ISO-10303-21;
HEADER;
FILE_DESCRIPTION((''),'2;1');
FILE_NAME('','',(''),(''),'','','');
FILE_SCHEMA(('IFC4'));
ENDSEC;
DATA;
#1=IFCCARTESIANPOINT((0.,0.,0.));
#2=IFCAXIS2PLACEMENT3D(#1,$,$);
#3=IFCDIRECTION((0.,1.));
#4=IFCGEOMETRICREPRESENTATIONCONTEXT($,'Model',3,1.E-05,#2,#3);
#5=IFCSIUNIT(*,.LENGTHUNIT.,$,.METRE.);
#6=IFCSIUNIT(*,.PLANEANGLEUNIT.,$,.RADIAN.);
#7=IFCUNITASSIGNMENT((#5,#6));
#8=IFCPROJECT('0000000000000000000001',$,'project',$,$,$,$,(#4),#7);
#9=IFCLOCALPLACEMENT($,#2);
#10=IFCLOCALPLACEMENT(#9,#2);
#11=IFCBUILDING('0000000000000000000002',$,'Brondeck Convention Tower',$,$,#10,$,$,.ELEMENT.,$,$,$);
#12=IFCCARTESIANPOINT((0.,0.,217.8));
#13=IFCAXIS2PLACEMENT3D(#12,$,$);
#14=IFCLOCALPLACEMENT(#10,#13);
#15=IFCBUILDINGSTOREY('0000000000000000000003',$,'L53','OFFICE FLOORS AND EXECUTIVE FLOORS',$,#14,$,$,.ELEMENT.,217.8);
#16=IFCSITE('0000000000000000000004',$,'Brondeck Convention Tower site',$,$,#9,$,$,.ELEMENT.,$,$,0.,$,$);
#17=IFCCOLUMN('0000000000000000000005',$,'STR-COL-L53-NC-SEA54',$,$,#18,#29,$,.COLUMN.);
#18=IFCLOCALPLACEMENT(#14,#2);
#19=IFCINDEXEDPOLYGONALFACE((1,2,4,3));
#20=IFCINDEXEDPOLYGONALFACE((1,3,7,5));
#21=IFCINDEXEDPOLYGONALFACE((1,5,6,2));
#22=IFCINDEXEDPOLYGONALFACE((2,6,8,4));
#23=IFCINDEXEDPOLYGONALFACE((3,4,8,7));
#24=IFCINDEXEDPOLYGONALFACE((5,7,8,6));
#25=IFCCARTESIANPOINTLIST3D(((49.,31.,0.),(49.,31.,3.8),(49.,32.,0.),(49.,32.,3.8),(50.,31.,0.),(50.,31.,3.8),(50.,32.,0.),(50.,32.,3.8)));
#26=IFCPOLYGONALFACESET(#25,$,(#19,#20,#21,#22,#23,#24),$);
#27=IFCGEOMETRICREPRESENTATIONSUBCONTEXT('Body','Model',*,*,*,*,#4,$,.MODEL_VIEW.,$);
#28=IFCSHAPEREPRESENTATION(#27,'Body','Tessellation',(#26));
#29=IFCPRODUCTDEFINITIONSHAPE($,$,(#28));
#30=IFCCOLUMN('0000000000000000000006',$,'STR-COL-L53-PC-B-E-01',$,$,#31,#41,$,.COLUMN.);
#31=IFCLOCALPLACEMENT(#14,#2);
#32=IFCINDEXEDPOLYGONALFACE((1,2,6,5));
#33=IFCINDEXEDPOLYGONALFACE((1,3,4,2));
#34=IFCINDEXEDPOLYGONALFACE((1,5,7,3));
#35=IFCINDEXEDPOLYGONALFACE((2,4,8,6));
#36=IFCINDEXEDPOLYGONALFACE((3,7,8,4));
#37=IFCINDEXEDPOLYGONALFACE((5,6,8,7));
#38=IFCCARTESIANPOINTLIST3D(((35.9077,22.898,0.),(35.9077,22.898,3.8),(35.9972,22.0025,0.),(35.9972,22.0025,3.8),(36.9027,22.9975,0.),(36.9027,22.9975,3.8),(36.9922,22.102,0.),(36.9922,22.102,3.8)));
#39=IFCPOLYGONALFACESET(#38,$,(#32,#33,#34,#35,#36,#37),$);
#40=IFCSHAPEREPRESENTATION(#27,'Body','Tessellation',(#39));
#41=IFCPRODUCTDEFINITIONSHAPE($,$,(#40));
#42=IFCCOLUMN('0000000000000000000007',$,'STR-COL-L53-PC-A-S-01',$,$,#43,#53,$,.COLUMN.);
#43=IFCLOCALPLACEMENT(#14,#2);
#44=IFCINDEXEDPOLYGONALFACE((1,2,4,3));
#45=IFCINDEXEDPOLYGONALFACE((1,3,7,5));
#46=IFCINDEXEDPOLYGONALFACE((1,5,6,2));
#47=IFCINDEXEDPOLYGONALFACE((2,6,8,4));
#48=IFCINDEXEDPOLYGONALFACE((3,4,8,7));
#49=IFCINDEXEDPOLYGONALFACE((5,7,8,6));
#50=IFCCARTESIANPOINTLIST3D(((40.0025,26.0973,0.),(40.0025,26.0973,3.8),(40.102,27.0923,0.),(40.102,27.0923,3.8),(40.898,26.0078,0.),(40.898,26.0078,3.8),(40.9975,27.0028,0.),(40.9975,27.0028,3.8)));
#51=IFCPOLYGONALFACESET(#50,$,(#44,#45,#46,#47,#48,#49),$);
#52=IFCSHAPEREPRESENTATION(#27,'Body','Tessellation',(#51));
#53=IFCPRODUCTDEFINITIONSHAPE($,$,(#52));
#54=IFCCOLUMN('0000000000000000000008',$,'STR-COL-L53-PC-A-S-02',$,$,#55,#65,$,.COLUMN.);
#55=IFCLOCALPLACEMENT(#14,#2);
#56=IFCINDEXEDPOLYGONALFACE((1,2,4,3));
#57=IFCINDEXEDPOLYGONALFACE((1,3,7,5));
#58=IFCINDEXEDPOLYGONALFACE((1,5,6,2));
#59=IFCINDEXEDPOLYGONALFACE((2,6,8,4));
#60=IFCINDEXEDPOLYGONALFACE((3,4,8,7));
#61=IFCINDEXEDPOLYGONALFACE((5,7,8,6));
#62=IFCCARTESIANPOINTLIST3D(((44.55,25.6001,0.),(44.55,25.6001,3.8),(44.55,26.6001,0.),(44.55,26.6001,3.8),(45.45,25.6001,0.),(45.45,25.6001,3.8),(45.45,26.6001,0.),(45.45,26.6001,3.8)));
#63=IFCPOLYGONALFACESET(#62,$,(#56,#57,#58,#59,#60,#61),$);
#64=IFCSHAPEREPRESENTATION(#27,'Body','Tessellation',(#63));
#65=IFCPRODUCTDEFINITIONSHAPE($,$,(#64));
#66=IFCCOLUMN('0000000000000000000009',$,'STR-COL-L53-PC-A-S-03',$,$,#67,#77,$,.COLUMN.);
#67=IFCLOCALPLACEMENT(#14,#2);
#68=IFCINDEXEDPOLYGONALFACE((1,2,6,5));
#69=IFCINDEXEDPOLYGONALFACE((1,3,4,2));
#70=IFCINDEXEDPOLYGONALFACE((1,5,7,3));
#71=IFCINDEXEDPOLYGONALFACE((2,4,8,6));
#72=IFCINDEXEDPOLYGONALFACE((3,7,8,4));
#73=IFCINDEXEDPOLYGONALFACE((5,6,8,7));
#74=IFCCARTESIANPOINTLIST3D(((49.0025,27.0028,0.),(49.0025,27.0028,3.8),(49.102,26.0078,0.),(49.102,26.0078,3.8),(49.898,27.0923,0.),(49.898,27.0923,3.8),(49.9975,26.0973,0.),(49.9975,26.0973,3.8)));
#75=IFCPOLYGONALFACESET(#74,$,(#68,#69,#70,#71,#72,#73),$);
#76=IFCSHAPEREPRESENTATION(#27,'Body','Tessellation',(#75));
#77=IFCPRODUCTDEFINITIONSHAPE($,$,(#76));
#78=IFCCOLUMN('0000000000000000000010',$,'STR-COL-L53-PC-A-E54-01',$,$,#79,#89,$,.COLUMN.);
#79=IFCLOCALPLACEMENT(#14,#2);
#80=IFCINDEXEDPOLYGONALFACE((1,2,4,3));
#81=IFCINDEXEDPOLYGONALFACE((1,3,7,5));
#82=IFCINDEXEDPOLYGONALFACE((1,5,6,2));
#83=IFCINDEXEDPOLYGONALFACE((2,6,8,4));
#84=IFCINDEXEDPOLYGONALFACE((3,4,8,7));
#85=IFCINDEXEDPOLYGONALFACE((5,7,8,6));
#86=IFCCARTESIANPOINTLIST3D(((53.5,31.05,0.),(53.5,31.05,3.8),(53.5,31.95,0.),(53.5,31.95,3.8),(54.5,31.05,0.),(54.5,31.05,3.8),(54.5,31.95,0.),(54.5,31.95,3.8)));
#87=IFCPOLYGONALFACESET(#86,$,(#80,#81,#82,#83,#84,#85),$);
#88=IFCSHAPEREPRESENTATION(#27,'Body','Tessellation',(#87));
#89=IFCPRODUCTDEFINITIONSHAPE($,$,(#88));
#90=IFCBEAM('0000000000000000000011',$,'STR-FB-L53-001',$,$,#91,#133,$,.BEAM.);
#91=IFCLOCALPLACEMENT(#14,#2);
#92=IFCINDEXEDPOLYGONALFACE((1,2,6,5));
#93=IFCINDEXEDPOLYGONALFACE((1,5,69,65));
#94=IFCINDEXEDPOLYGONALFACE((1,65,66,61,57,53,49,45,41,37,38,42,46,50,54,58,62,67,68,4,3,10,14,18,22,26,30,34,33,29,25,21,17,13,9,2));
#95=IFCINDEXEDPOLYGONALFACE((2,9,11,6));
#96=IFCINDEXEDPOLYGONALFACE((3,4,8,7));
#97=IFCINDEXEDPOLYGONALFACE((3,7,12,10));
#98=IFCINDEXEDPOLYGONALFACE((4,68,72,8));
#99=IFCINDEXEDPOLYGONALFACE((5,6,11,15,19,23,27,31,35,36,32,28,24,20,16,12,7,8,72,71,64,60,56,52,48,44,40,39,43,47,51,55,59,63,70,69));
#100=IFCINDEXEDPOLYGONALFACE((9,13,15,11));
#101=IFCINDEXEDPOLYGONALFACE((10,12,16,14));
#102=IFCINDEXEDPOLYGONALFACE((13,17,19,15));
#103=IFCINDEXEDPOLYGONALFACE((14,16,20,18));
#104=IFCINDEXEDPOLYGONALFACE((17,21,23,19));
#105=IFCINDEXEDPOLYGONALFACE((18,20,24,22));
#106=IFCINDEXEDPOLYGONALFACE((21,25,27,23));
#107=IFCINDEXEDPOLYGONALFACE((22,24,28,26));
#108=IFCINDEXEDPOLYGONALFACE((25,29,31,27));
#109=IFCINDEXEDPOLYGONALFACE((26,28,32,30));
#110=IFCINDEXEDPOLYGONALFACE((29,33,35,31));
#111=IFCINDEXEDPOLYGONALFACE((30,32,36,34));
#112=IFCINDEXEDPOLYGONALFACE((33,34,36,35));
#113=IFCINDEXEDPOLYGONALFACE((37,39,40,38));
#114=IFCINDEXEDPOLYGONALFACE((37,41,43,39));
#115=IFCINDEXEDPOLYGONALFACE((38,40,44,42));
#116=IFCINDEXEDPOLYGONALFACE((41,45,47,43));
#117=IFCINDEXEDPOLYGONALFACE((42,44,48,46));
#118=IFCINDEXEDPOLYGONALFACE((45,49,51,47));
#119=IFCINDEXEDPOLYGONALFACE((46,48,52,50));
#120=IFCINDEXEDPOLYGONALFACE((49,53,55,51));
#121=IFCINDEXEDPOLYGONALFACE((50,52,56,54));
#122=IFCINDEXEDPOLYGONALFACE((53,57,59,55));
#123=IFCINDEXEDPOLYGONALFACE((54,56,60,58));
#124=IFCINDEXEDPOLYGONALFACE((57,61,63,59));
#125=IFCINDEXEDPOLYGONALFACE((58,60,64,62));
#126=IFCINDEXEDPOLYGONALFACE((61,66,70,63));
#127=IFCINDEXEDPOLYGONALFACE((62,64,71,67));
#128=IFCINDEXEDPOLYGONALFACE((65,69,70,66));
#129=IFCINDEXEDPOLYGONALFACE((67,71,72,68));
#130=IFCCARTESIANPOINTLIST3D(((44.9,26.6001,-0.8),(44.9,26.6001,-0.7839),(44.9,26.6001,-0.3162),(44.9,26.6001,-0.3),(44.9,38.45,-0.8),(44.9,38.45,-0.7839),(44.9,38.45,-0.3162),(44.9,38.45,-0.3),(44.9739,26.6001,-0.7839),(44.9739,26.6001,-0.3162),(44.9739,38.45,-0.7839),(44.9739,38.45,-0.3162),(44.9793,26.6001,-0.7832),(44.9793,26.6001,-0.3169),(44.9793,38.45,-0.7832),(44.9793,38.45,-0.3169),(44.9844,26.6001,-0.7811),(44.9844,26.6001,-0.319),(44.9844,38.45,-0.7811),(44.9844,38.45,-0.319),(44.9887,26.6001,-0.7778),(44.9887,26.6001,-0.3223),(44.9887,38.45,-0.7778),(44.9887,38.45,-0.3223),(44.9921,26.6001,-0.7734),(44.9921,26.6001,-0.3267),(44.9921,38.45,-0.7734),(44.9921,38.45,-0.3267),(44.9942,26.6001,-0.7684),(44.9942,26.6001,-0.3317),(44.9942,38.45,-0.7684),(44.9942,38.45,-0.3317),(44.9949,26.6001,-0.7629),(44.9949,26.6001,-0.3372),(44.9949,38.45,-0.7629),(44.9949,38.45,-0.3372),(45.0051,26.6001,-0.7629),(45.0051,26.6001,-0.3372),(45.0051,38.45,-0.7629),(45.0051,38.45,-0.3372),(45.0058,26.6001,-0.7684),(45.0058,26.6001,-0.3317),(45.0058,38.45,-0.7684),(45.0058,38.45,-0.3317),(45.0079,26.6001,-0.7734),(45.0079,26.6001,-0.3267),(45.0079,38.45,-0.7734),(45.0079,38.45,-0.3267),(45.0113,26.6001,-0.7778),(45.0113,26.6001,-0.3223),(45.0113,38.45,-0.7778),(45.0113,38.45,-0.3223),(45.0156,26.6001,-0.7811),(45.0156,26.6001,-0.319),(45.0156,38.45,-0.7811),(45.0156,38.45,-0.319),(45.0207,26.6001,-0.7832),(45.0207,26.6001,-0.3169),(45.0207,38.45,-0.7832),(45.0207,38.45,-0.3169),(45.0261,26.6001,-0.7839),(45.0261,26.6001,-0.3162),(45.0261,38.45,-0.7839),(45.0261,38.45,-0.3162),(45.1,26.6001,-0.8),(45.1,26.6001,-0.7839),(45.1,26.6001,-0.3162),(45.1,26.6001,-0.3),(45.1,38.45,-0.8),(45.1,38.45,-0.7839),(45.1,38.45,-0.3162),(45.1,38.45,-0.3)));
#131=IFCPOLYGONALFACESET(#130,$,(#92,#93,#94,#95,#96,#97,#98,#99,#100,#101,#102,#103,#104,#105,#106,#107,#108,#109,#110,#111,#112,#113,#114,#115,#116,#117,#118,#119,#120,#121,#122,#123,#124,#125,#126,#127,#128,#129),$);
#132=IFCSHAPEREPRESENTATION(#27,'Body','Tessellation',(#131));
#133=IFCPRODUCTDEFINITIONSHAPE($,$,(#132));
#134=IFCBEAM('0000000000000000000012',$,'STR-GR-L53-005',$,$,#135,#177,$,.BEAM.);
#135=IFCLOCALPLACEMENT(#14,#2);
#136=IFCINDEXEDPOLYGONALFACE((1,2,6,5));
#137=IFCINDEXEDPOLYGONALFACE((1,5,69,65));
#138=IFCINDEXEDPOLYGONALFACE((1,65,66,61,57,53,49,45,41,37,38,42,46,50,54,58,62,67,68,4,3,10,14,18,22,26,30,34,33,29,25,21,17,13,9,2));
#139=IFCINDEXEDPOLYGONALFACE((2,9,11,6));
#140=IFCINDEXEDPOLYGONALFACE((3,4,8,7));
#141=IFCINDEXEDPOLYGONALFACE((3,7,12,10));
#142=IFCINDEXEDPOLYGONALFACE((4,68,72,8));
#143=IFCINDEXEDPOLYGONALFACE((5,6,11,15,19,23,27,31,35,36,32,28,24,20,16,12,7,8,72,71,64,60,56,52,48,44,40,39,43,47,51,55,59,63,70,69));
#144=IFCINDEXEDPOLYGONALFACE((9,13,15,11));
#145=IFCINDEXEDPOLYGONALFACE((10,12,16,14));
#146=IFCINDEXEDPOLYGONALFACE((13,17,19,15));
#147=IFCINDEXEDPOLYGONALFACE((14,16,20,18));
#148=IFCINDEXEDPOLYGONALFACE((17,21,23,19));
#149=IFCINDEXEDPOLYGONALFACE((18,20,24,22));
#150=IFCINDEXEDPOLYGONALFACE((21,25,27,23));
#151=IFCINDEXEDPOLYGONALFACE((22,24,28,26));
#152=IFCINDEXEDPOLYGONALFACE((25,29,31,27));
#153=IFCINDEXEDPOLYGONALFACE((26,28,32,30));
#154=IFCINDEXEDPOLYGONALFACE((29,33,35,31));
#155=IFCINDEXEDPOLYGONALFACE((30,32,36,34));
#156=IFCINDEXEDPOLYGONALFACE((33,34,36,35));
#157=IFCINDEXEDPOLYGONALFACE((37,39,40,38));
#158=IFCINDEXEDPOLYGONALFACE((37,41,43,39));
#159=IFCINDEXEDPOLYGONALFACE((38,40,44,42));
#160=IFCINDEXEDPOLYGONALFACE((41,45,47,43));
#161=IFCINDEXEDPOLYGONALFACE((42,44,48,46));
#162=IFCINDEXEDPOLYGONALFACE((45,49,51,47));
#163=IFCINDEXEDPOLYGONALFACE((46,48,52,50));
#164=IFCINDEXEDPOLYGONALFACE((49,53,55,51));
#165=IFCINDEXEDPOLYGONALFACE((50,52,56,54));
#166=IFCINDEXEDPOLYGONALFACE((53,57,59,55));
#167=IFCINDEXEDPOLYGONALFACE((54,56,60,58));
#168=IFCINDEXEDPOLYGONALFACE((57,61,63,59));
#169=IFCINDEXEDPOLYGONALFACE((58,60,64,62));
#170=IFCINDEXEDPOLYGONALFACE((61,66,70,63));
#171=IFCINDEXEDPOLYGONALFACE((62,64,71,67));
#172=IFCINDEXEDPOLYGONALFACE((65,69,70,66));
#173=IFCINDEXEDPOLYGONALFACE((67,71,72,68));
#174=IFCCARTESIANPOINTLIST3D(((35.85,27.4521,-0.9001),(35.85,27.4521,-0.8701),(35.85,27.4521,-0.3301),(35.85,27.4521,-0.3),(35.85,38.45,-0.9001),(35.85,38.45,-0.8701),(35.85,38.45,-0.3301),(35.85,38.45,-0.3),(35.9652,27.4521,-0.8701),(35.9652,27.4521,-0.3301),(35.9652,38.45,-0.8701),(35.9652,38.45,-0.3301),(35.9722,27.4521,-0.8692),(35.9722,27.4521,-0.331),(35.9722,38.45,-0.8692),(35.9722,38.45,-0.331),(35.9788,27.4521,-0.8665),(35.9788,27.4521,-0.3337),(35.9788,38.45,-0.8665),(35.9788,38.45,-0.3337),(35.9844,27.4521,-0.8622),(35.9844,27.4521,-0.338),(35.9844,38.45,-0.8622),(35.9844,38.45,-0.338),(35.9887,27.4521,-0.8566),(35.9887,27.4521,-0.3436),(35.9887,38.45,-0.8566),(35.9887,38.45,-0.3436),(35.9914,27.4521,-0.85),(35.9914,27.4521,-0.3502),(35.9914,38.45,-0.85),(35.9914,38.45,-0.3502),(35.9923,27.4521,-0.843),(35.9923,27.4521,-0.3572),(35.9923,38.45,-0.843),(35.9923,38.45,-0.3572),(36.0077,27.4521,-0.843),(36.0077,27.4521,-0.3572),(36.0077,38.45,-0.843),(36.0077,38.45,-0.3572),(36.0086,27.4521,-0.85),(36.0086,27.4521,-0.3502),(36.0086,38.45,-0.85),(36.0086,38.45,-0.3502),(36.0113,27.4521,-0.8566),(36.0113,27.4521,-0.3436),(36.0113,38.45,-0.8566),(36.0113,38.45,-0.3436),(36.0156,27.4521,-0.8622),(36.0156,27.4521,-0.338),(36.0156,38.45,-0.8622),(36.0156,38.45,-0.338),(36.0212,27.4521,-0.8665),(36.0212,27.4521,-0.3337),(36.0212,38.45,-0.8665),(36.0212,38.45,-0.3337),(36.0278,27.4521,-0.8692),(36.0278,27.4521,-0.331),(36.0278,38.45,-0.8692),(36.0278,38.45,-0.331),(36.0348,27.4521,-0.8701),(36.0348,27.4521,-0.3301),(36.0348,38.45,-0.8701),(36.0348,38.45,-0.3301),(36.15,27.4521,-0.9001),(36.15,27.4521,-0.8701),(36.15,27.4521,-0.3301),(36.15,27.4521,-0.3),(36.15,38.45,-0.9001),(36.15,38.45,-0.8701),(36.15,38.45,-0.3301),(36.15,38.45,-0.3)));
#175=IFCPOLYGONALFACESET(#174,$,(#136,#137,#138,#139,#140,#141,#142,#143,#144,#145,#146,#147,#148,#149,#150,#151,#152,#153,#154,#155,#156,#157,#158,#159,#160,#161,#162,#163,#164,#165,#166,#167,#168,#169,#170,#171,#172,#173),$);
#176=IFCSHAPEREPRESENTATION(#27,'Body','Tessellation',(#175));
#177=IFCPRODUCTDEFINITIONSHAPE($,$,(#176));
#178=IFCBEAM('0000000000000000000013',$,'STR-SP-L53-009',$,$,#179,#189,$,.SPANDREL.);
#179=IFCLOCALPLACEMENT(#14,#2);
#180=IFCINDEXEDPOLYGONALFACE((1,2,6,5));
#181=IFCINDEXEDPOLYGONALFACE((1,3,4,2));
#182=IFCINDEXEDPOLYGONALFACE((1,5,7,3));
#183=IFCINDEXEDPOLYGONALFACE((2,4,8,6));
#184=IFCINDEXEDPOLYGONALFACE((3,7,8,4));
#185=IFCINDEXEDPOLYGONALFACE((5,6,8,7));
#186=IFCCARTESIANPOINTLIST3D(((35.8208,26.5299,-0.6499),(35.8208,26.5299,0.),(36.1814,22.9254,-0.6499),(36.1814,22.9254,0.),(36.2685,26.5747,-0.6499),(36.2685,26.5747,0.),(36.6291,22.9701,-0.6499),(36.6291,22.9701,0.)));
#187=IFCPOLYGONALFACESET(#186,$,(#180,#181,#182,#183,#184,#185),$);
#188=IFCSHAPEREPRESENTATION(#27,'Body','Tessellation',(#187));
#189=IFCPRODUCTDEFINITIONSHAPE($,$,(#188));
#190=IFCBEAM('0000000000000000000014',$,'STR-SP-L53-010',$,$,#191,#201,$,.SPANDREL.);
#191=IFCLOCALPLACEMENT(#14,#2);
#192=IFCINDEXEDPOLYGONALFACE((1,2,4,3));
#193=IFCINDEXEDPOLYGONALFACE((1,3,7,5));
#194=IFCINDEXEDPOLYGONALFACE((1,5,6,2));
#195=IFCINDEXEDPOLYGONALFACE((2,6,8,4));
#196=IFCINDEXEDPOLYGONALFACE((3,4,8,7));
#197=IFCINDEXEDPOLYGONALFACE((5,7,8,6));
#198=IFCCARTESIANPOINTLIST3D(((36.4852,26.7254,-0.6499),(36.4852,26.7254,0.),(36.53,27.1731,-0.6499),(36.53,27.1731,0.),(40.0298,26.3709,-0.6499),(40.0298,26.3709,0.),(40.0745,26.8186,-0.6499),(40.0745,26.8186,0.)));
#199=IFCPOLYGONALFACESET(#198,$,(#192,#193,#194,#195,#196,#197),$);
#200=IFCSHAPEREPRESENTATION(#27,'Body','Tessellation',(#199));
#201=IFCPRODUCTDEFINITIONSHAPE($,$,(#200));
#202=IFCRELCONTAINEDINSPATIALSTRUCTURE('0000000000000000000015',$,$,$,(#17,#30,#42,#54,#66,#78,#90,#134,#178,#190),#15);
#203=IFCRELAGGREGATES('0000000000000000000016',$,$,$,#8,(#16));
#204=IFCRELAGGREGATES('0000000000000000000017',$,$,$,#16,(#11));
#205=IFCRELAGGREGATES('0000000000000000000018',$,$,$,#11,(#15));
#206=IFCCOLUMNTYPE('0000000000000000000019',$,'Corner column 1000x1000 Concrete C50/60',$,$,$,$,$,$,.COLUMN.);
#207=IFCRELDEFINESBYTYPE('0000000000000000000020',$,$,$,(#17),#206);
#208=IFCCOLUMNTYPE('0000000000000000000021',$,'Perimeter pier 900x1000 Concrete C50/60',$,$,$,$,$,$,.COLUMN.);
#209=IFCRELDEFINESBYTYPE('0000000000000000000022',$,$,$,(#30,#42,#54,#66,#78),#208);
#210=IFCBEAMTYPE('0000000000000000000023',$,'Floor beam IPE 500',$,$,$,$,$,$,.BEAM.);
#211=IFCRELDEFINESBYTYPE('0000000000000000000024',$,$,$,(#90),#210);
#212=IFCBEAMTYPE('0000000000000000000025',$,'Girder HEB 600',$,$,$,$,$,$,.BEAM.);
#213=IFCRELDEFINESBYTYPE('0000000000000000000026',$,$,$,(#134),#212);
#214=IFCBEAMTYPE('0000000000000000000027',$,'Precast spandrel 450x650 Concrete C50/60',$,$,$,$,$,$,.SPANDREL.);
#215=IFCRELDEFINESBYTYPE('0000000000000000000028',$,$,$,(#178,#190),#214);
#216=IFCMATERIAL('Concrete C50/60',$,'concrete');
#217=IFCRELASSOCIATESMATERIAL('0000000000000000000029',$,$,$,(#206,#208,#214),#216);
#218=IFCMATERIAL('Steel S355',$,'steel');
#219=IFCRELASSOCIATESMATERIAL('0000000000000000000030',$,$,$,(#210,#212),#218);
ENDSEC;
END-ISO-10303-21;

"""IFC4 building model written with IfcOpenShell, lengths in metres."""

from ifc_helpers import new_model, si_unit, direction, frame, origin, origin_2d, place, context, subcontext, project, spatial, rectangle, i_section, extrude, material, material_profile, profile_set, type_object, element, save


model = new_model("IFC4")

# Units and contexts
model_context = context("Model", 3, precision=1e-05, world=origin(), true_north=direction((0.0, 1.0)))
body_context = subcontext(model_context, "Body", "Model", "MODEL_VIEW")
ifc_project = project(units=[si_unit("LENGTHUNIT", "METRE"), si_unit("PLANEANGLEUNIT", "RADIAN")], contexts=[model_context])

# Site, building, storey
site_placement = place(None, origin())
site = spatial("IfcSite", under=ifc_project, at=site_placement, Name="Brondeck Convention Tower site", CompositionType="ELEMENT", RefElevation=0.0)
building_placement = place(site_placement, origin())
building = spatial("IfcBuilding", under=site, at=building_placement, Name="Brondeck Convention Tower", CompositionType="ELEMENT")
storey_placement = place(building_placement, frame((0.0, 0.0, 217.8)))
storey = spatial("IfcBuildingStorey", under=building, at=storey_placement, Name="L53", Description="OFFICE FLOORS AND EXECUTIVE FLOORS", CompositionType="ELEMENT", Elevation=217.8)

# Columns
ifc_material_1 = material(Name="Concrete C50/60", Category="concrete")
ifc_material_profile_1 = material_profile(ifc_material_1, rectangle(XDim=1.0, YDim=1.0, at=origin_2d()), Name="Corner column 1000x1000 Concrete C50/60")
ifc_profile_set_1 = profile_set([ifc_material_profile_1], Name="Concrete C50/60")
column_type_1 = type_object("IfcColumnType", Name="Corner column 1000x1000 Concrete C50/60", PredefinedType="COLUMN", material=ifc_profile_set_1)
column_placement = place(storey_placement, frame((49.5, 31.5, 0.0), z_axis=(0.0, 0.0, 1.0), x_axis=(1.0, 0.0, 0.0)))
element("IfcColumn", 1, at=column_placement, inside=storey, type_object=column_type_1, Name="STR-COL-L53-NC-SEA54", PredefinedType="COLUMN", context=body_context, shape_type="SweptSolid", body=[
    extrude(rectangle(XDim=1.0, YDim=1.0, at=origin_2d()), origin(), (0.0, 0.0, 1.0), 3.8),
])
ifc_material_profile_2 = material_profile(ifc_material_1, rectangle(XDim=0.8999, YDim=1.0, at=origin_2d()), Name="Perimeter pier 900x1000 Concrete C50/60")
ifc_profile_set_2 = profile_set([ifc_material_profile_2], Name="Concrete C50/60")
column_type_2 = type_object("IfcColumnType", Name="Perimeter pier 900x1000 Concrete C50/60", PredefinedType="COLUMN", material=ifc_profile_set_2)
for number, where, z_axis, x_axis, name in (
    (2, (36.45, 22.5, 0.0), (0.0, 0.0, 1.0), (-0.099504, 0.995037, 0.0), "STR-COL-L53-PC-B-E-01"),
    (3, (40.5, 26.55, 0.0), (0.0, 0.0, 1.0), (0.995037, -0.099504, 0.0), "STR-COL-L53-PC-A-S-01"),
    (4, (45.0, 26.1001, 0.0), (0.0, 0.0, 1.0), (1.0, 0.0, 0.0), "STR-COL-L53-PC-A-S-02"),
    (5, (49.5, 26.55, 0.0), (0.0, 0.0, 1.0), (0.995037, 0.099504, 0.0), "STR-COL-L53-PC-A-S-03"),
    (6, (54.0, 31.5, 0.0), (0.0, 0.0, 1.0), (0.0, 1.0, 0.0), "STR-COL-L53-PC-A-E54-01"),
):
    element("IfcColumn", number, at=place(storey_placement, frame(where, z_axis=z_axis, x_axis=x_axis)), inside=storey, type_object=column_type_2, Name=name, PredefinedType="COLUMN", context=body_context, shape_type="SweptSolid", body=[
        extrude(rectangle(XDim=0.8999, YDim=1.0, at=origin_2d()), origin(), (0.0, 0.0, 1.0), 3.8),
    ])

# Beams
ifc_material_2 = material(Name="Steel S355", Category="steel")
ifc_material_profile_3 = material_profile(ifc_material_2, i_section(OverallWidth=0.2, OverallDepth=0.5, WebThickness=0.0103, FlangeThickness=0.0161, FilletRadius=0.021, at=origin_2d()), Name="IPE 500")
ifc_profile_set_3 = profile_set([ifc_material_profile_3], Name="Steel S355")
beam_type_1 = type_object("IfcBeamType", Name="Floor beam IPE 500", PredefinedType="BEAM", material=ifc_profile_set_3)
beam_1_placement = place(storey_placement, frame((45.0, 26.6001, -0.55), z_axis=(0.0, 1.0, 0.0), x_axis=(-1.0, 0.0, 0.0)))
element("IfcBeam", 7, at=beam_1_placement, inside=storey, type_object=beam_type_1, Name="STR-FB-L53-001", PredefinedType="BEAM", context=body_context, shape_type="SweptSolid", body=[
    extrude(i_section(OverallWidth=0.2, OverallDepth=0.5, WebThickness=0.0103, FlangeThickness=0.0161, FilletRadius=0.021, at=origin_2d()), origin(), (0.0, 0.0, 1.0), 11.8499),
])
ifc_material_profile_4 = material_profile(ifc_material_2, i_section(OverallWidth=0.3, OverallDepth=0.6001, WebThickness=0.0154, FlangeThickness=0.03, FilletRadius=0.0271, at=origin_2d()), Name="HEB 600")
ifc_profile_set_4 = profile_set([ifc_material_profile_4], Name="Steel S355")
beam_type_2 = type_object("IfcBeamType", Name="Girder HEB 600", PredefinedType="BEAM", material=ifc_profile_set_4)
beam_2_placement = place(storey_placement, frame((36.0, 27.4521, -0.6001), z_axis=(0.0, 1.0, 0.0), x_axis=(-1.0, 0.0, 0.0)))
element("IfcBeam", 8, at=beam_2_placement, inside=storey, type_object=beam_type_2, Name="STR-GR-L53-005", PredefinedType="BEAM", context=body_context, shape_type="SweptSolid", body=[
    extrude(i_section(OverallWidth=0.3, OverallDepth=0.6001, WebThickness=0.0154, FlangeThickness=0.03, FilletRadius=0.0271, at=origin_2d()), origin(), (0.0, 0.0, 1.0), 10.9978),
])
ifc_material_profile_5 = material_profile(ifc_material_1, rectangle(XDim=0.45, YDim=0.6499, at=origin_2d()), Name="Precast spandrel 450x650 Concrete C50/60")
ifc_profile_set_5 = profile_set([ifc_material_profile_5], Name="Concrete C50/60")
beam_type_3 = type_object("IfcBeamType", Name="Precast spandrel 450x650 Concrete C50/60", PredefinedType="SPANDREL", material=ifc_profile_set_5)
beam_3_placement = place(storey_placement, frame((36.4053, 22.9478, -0.325), z_axis=(-0.099544, 0.995033, 0.0), x_axis=(-0.995033, -0.099544, 0.0)))
element("IfcBeam", 9, at=beam_3_placement, inside=storey, type_object=beam_type_3, Name="STR-SP-L53-009", PredefinedType="SPANDREL", context=body_context, shape_type="SweptSolid", body=[
    extrude(rectangle(XDim=0.45, YDim=0.6499, at=origin_2d()), origin(), (0.0, 0.0, 1.0), 3.6226),
])
beam_4_placement = place(storey_placement, frame((36.5076, 26.9492, -0.325), z_axis=(0.995037, -0.099511, 0.0), x_axis=(0.099511, 0.995037, 0.0)))
element("IfcBeam", 10, at=beam_4_placement, inside=storey, type_object=beam_type_3, Name="STR-SP-L53-010", PredefinedType="SPANDREL", context=body_context, shape_type="SweptSolid", body=[
    extrude(rectangle(XDim=0.45, YDim=0.6499, at=origin_2d()), origin(), (0.0, 0.0, 1.0), 3.5623),
])

save(model, "model.ifc")
